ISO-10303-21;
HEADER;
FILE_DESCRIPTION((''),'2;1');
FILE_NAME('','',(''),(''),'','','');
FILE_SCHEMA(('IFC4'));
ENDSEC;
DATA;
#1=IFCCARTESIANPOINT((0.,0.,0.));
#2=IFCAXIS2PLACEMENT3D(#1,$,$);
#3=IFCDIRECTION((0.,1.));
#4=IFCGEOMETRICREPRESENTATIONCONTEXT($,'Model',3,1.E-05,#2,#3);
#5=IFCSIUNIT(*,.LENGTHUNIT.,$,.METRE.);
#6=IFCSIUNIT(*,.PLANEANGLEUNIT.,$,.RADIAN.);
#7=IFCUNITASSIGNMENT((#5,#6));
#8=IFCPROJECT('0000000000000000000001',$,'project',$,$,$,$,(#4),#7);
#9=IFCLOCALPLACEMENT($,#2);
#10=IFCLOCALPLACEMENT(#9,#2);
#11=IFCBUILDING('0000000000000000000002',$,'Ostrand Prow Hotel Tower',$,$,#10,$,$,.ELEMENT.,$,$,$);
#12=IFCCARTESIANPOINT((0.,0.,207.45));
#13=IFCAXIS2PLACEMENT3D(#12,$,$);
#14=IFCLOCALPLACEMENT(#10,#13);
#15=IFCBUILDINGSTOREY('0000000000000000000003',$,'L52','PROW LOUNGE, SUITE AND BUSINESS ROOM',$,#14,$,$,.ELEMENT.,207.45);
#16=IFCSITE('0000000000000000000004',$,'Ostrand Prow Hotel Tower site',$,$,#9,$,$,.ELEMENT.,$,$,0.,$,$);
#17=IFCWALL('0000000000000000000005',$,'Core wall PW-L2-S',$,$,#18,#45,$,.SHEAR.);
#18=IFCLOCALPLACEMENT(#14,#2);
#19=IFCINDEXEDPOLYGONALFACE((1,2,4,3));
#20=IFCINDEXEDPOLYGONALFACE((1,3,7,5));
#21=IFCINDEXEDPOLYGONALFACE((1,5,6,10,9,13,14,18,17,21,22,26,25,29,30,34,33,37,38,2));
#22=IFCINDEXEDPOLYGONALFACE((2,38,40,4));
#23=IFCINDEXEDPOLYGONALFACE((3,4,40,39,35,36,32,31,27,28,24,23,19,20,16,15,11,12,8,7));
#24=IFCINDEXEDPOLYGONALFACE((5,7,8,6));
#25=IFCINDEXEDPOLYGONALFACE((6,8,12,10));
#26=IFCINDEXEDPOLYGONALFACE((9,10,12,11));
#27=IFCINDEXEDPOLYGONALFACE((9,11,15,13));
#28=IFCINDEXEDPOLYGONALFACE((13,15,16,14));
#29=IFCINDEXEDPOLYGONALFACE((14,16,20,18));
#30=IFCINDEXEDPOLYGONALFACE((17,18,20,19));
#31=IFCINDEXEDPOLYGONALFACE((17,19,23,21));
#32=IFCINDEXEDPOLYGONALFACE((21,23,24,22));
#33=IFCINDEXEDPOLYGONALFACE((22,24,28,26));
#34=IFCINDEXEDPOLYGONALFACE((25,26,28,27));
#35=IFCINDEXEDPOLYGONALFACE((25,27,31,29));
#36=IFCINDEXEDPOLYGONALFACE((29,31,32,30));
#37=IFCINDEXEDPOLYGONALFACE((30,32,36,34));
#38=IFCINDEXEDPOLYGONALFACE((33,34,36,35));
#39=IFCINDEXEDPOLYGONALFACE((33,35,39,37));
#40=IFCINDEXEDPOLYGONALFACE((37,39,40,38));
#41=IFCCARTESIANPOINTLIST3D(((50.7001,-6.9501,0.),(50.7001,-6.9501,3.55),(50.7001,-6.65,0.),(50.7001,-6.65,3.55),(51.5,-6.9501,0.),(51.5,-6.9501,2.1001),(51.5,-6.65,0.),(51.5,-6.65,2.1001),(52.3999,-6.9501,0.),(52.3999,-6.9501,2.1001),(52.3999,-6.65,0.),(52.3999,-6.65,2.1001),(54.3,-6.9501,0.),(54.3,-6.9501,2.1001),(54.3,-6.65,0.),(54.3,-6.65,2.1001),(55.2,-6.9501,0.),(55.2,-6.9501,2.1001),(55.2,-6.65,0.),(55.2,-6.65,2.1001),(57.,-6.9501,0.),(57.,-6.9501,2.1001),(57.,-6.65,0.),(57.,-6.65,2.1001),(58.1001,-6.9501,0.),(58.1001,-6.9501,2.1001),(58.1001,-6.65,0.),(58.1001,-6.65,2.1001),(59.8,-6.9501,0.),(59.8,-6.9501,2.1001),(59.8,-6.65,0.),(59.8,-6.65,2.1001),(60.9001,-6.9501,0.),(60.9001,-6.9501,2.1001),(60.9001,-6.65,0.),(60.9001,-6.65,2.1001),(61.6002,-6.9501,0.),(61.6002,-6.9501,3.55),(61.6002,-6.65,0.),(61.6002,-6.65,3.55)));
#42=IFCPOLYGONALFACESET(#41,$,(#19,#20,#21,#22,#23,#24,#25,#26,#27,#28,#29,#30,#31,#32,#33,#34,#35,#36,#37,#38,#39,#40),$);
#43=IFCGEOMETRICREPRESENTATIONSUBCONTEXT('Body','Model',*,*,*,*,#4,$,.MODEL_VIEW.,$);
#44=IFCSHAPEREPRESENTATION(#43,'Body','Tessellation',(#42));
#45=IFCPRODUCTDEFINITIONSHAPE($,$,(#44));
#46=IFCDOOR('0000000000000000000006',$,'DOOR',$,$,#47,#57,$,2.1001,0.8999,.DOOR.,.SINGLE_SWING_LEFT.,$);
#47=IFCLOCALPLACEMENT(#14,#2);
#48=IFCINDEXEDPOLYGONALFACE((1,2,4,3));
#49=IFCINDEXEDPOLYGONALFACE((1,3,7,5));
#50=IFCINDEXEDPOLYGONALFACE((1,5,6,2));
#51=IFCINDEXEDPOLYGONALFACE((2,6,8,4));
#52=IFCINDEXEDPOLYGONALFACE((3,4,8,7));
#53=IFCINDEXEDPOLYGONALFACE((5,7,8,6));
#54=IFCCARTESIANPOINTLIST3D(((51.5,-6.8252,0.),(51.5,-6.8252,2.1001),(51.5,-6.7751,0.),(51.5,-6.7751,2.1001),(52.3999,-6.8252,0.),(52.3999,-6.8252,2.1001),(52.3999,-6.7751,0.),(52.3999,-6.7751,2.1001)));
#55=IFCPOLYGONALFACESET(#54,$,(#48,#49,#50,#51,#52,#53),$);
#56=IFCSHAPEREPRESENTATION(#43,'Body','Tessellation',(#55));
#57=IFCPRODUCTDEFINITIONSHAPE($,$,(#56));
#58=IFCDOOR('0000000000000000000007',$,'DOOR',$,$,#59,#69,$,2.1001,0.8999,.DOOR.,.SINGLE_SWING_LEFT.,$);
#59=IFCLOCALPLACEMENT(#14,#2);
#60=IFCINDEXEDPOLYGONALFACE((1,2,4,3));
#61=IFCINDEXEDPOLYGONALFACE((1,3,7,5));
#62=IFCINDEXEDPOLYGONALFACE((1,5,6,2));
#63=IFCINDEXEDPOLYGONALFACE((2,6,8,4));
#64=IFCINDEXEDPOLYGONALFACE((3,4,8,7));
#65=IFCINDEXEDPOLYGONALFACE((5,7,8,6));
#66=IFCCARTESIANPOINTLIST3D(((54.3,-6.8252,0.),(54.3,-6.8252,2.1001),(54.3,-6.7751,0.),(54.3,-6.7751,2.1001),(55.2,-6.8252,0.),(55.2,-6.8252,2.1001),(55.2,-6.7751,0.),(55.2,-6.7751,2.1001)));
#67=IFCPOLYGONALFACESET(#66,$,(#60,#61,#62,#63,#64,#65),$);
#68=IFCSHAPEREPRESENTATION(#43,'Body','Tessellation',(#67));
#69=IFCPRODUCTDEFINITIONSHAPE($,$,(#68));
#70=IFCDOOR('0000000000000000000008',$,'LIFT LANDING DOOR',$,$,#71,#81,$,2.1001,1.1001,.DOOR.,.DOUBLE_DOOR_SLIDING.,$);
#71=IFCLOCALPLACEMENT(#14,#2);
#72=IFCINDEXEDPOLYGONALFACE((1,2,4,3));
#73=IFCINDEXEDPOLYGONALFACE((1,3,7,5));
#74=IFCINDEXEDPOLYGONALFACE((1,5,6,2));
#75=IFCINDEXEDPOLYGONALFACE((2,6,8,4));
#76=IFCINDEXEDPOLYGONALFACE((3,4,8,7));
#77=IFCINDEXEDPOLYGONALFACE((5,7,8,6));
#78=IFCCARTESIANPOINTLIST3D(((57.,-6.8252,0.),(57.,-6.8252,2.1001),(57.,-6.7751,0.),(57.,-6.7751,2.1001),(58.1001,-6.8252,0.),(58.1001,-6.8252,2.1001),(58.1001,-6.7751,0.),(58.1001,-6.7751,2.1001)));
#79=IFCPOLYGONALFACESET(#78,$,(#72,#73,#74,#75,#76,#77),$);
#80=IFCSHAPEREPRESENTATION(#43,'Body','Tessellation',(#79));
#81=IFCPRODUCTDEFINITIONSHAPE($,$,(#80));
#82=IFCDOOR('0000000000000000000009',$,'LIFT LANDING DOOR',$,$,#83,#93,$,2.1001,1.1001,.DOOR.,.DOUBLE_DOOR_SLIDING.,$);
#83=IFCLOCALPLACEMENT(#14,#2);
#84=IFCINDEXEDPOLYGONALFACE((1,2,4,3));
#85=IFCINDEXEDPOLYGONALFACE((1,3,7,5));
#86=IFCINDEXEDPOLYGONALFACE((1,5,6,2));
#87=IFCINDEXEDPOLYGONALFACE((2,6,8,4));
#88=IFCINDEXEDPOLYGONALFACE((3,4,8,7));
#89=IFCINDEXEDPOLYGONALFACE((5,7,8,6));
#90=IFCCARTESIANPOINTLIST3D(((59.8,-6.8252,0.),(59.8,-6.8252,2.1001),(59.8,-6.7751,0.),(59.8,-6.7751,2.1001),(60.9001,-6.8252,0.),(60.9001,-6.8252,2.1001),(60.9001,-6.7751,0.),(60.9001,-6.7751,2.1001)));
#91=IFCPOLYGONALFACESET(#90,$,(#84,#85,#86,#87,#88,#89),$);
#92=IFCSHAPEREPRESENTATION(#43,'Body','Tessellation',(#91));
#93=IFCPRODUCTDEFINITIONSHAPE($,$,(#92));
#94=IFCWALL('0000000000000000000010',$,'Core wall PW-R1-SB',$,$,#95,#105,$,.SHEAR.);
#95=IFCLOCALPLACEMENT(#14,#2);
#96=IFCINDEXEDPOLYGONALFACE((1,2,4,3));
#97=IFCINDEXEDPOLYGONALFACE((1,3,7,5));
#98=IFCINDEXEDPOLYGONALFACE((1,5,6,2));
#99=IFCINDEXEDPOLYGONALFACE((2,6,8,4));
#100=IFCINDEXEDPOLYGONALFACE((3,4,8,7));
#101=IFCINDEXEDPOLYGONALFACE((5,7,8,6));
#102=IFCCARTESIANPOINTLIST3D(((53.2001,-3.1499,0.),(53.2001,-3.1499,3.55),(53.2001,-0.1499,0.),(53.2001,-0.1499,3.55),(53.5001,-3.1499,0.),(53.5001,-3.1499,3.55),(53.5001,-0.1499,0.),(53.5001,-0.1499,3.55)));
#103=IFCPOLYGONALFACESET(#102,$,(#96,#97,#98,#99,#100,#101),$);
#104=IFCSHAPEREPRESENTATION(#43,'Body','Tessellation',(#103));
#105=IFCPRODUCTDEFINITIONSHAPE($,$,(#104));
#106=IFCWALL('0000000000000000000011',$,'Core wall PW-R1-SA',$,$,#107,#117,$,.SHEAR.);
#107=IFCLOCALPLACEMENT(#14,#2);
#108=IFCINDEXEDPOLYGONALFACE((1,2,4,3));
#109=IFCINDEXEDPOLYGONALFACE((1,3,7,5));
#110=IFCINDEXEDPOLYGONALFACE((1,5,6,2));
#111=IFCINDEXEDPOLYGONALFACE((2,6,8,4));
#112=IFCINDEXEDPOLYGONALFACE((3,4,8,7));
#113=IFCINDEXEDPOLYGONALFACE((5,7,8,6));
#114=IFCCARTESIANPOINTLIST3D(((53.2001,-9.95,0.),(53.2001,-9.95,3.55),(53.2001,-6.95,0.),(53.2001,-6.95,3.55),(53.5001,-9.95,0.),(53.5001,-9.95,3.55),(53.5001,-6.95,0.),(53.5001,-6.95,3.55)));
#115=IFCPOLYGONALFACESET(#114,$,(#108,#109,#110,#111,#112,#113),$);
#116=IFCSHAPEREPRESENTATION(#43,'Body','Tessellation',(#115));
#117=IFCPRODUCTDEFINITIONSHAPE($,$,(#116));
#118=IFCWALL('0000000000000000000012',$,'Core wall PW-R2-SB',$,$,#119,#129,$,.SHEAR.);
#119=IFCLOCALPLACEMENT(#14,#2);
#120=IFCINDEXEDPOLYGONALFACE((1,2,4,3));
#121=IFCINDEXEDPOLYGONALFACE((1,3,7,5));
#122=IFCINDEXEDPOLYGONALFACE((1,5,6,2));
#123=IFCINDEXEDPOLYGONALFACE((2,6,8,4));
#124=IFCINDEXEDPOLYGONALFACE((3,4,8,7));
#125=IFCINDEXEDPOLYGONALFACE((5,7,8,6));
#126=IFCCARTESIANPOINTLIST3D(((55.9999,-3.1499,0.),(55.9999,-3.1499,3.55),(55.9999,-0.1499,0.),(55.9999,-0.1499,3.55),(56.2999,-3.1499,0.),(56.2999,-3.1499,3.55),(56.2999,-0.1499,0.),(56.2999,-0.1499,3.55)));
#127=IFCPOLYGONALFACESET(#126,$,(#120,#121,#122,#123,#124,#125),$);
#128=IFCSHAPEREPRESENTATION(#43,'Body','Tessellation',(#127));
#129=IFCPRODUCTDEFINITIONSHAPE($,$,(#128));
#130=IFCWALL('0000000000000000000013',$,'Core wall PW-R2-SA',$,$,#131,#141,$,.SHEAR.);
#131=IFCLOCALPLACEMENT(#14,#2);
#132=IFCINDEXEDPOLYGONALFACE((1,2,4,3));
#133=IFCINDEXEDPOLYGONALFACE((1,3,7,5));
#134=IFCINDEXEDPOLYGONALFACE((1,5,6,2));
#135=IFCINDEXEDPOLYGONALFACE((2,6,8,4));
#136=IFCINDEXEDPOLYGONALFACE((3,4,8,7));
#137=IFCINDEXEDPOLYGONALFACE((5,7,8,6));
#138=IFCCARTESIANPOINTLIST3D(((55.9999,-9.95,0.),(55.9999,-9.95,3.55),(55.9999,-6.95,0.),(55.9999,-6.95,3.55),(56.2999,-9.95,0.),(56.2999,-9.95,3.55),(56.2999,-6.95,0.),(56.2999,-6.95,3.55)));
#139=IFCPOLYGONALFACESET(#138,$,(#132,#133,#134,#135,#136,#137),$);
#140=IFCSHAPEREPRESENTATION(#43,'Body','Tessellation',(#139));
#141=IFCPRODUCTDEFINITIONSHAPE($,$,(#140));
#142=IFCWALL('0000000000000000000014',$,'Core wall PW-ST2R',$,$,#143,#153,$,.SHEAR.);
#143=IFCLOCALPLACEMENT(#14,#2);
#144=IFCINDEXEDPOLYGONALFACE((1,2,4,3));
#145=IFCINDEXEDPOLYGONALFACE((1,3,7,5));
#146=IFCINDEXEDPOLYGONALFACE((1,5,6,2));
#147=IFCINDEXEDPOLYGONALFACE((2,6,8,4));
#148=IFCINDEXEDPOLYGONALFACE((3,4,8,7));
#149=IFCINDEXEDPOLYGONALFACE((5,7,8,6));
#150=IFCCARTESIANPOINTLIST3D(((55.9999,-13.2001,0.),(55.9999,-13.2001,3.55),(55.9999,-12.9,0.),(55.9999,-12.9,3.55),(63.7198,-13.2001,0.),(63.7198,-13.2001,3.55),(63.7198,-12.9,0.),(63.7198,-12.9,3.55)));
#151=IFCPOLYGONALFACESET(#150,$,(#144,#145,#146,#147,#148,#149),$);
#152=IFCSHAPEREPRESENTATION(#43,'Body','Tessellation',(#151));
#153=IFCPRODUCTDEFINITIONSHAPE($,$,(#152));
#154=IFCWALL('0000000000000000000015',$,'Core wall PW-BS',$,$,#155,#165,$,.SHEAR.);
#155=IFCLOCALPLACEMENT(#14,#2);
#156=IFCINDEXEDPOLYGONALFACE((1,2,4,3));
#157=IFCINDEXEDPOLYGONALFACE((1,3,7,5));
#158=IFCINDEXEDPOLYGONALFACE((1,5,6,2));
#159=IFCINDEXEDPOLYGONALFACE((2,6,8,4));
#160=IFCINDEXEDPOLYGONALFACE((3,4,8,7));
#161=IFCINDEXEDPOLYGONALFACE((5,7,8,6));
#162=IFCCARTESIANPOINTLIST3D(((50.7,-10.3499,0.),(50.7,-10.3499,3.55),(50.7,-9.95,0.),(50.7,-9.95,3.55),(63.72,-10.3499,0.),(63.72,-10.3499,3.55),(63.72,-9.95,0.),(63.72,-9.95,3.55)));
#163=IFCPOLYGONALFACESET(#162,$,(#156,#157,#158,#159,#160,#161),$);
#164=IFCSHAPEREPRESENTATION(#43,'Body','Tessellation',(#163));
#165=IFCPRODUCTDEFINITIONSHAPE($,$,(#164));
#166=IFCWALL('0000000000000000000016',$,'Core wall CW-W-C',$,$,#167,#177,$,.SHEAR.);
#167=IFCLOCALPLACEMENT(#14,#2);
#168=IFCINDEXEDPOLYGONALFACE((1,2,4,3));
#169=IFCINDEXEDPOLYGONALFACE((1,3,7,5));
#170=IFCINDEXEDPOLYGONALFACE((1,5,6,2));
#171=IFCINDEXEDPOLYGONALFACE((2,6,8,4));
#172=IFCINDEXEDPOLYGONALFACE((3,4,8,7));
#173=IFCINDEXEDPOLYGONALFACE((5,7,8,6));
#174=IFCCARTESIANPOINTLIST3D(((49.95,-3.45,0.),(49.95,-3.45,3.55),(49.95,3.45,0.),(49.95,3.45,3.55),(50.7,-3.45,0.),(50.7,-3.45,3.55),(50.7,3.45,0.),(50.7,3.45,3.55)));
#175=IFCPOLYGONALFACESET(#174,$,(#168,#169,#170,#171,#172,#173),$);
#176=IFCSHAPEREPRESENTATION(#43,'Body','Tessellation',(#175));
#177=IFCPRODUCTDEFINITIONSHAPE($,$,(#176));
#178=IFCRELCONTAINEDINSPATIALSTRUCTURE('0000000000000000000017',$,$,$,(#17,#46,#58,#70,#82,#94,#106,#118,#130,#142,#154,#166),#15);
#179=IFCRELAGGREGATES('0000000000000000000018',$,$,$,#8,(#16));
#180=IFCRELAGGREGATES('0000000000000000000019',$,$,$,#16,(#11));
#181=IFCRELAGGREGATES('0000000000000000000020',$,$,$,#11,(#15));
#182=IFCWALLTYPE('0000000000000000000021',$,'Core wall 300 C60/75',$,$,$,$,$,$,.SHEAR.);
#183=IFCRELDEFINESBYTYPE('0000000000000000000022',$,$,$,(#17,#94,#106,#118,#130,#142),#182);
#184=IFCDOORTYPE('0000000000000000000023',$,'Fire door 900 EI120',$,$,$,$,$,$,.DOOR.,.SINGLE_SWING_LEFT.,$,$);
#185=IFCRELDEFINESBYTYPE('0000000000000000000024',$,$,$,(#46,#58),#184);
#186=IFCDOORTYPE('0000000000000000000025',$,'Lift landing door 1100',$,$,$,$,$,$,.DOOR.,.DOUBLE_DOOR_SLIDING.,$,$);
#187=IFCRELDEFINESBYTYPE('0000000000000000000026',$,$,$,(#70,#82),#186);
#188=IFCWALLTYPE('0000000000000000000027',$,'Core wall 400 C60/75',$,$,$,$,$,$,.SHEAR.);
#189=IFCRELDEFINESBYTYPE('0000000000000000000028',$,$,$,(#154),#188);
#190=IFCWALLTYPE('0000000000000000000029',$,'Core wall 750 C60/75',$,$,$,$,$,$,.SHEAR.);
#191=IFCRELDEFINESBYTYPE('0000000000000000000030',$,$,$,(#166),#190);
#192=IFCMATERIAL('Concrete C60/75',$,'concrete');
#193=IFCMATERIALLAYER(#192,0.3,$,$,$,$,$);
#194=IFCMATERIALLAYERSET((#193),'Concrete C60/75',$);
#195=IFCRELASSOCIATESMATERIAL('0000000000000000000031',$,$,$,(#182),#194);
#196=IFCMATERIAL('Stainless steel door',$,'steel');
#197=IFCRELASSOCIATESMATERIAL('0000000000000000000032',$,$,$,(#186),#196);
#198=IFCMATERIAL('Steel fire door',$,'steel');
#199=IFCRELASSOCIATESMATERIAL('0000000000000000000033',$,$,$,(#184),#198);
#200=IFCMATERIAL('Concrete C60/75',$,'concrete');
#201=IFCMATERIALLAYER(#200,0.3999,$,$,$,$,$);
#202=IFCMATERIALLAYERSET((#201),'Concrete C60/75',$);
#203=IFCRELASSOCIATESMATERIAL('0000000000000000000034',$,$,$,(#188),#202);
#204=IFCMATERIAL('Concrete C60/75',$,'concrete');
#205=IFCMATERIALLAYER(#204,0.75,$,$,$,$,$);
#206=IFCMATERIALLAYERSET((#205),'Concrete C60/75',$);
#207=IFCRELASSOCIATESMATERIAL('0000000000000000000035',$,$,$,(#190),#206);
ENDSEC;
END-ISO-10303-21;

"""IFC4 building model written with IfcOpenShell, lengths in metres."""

from ifc_helpers import new_model, si_unit, direction, frame, frame_2d, origin, place, context, subcontext, project, spatial, rectangle, extrude, material, layer, layer_set, type_object, element, fill, save


model = new_model("IFC4")

# Units and contexts
model_context = context("Model", 3, precision=1e-05, world=origin(), true_north=direction((0.0, 1.0)))
body_context = subcontext(model_context, "Body", "Model", "MODEL_VIEW")
ifc_project = project(units=[si_unit("LENGTHUNIT", "METRE"), si_unit("PLANEANGLEUNIT", "RADIAN")], contexts=[model_context])

# Site, building, storey
site_placement = place(None, origin())
site = spatial("IfcSite", under=ifc_project, at=site_placement, Name="Ostrand Prow Hotel Tower site", CompositionType="ELEMENT", RefElevation=0.0)
building_placement = place(site_placement, origin())
building = spatial("IfcBuilding", under=site, at=building_placement, Name="Ostrand Prow Hotel Tower", CompositionType="ELEMENT")
storey_placement = place(building_placement, frame((0.0, 0.0, 207.45)))
storey = spatial("IfcBuildingStorey", under=building, at=storey_placement, Name="L52", Description="PROW LOUNGE, SUITE AND BUSINESS ROOM", CompositionType="ELEMENT", Elevation=207.45)

# Shared definitions
ifc_material_1 = material(Name="Concrete C60/75", Category="concrete")
ifc_layer_1 = layer(ifc_material_1, 0.3)
ifc_layer_set_1 = layer_set([ifc_layer_1], Name="Concrete C60/75")
wall_type_1 = type_object("IfcWallType", Name="Core wall 300 C60/75", PredefinedType="SHEAR", material=ifc_layer_set_1)

# Shared definitions
ifc_material_2 = material(Name="Stainless steel door", Category="steel")
door_type_1 = type_object("IfcDoorType", Name="Lift landing door 1100", OperationType="DOUBLE_DOOR_SLIDING", PredefinedType="DOOR", material=ifc_material_2)

# Wall, openings, doors
wall_1_placement = place(storey_placement, frame((50.7, -6.8, 0.0), z_axis=(0.0, 0.0, 1.0), x_axis=(1.0, 0.0, 0.0)))
wall_1 = element("IfcWall", 1, at=wall_1_placement, inside=storey, type_object=wall_type_1, Name="Core wall PW-L2-S", PredefinedType="SHEAR", context=body_context, shape_type="SweptSolid", body=[
    extrude(rectangle(XDim=10.9001, YDim=0.3, at=frame_2d((5.4502, 0.0))), origin(), (0.0, 0.0, 1.0), 3.55),
])
opening_1_placement = place(wall_1_placement, frame((6.3, 0.0, 0.0)))
opening_1 = element("IfcOpeningElement", 2, at=opening_1_placement, cuts=wall_1, PredefinedType="OPENING", context=body_context, shape_type="SweptSolid", body=[
    extrude(rectangle(XDim=1.1001, YDim=2.1001, at=frame_2d((0.55, 1.05))), frame((0.0, 0.1599, 0.0), z_axis=(0.0, -1.0, 0.0), x_axis=(1.0, 0.0, 0.0)), (0.0, 0.0, 1.0), 0.3201),
])
opening_2_placement = place(wall_1_placement, frame((9.1001, 0.0, 0.0)))
opening_2 = element("IfcOpeningElement", 3, at=opening_2_placement, cuts=wall_1, PredefinedType="OPENING", context=body_context, shape_type="SweptSolid", body=[
    extrude(rectangle(XDim=1.1001, YDim=2.1001, at=frame_2d((0.55, 1.05))), frame((0.0, 0.1599, 0.0), z_axis=(0.0, -1.0, 0.0), x_axis=(1.0, 0.0, 0.0)), (0.0, 0.0, 1.0), 0.3201),
])
opening_3_placement = place(wall_1_placement, frame((0.8, 0.0, 0.0)))
opening_3 = element("IfcOpeningElement", 4, at=opening_3_placement, cuts=wall_1, PredefinedType="OPENING", context=body_context, shape_type="SweptSolid", body=[
    extrude(rectangle(XDim=0.8999, YDim=2.1001, at=frame_2d((0.45, 1.05))), frame((0.0, 0.1599, 0.0), z_axis=(0.0, -1.0, 0.0), x_axis=(1.0, 0.0, 0.0)), (0.0, 0.0, 1.0), 0.3201),
])
opening_4_placement = place(wall_1_placement, frame((3.6001, 0.0, 0.0)))
opening_4 = element("IfcOpeningElement", 5, at=opening_4_placement, cuts=wall_1, PredefinedType="OPENING", context=body_context, shape_type="SweptSolid", body=[
    extrude(rectangle(XDim=0.8999, YDim=2.1001, at=frame_2d((0.45, 1.05))), frame((0.0, 0.1599, 0.0), z_axis=(0.0, -1.0, 0.0), x_axis=(1.0, 0.0, 0.0)), (0.0, 0.0, 1.0), 0.3201),
])
ifc_material_3 = material(Name="Steel fire door", Category="steel")
door_type_2 = type_object("IfcDoorType", Name="Fire door 900 EI120", OperationType="SINGLE_SWING_LEFT", PredefinedType="DOOR", material=ifc_material_3)
door_1_placement = place(opening_3_placement, origin())
door_1 = element("IfcDoor", 6, at=door_1_placement, inside=storey, type_object=door_type_2, Name="DOOR", OperationType="SINGLE_SWING_LEFT", OverallHeight=2.1001, OverallWidth=0.8999, PredefinedType="DOOR", context=body_context, shape_type="SweptSolid", body=[
    extrude(rectangle(XDim=0.8999, YDim=2.1001, at=frame_2d((0.45, 1.05))), frame((0.0, 0.0249, 0.0), z_axis=(0.0, -1.0, 0.0), x_axis=(1.0, 0.0, 0.0)), (0.0, 0.0, 1.0), 0.05),
])
fill(opening_3, door_1)
door_2_placement = place(opening_4_placement, origin())
door_2 = element("IfcDoor", 7, at=door_2_placement, inside=storey, type_object=door_type_2, Name="DOOR", OperationType="SINGLE_SWING_LEFT", OverallHeight=2.1001, OverallWidth=0.8999, PredefinedType="DOOR", context=body_context, shape_type="SweptSolid", body=[
    extrude(rectangle(XDim=0.8999, YDim=2.1001, at=frame_2d((0.45, 1.05))), frame((0.0, 0.0249, 0.0), z_axis=(0.0, -1.0, 0.0), x_axis=(1.0, 0.0, 0.0)), (0.0, 0.0, 1.0), 0.05),
])
fill(opening_4, door_2)
door_3_placement = place(opening_1_placement, origin())
door_3 = element("IfcDoor", 8, at=door_3_placement, inside=storey, type_object=door_type_1, Name="LIFT LANDING DOOR", OperationType="DOUBLE_DOOR_SLIDING", OverallHeight=2.1001, OverallWidth=1.1001, PredefinedType="DOOR", context=body_context, shape_type="SweptSolid", body=[
    extrude(rectangle(XDim=1.1001, YDim=2.1001, at=frame_2d((0.55, 1.05))), frame((0.0, 0.0249, 0.0), z_axis=(0.0, -1.0, 0.0), x_axis=(1.0, 0.0, 0.0)), (0.0, 0.0, 1.0), 0.05),
])
fill(opening_1, door_3)
door_4_placement = place(opening_2_placement, origin())
door_4 = element("IfcDoor", 9, at=door_4_placement, inside=storey, type_object=door_type_1, Name="LIFT LANDING DOOR", OperationType="DOUBLE_DOOR_SLIDING", OverallHeight=2.1001, OverallWidth=1.1001, PredefinedType="DOOR", context=body_context, shape_type="SweptSolid", body=[
    extrude(rectangle(XDim=1.1001, YDim=2.1001, at=frame_2d((0.55, 1.05))), frame((0.0, 0.0249, 0.0), z_axis=(0.0, -1.0, 0.0), x_axis=(1.0, 0.0, 0.0)), (0.0, 0.0, 1.0), 0.05),
])
fill(opening_2, door_4)

# Walls
for number, where, z_axis, x_axis, name in (
    (10, (53.3501, -3.1499, 0.0), (0.0, 0.0, 1.0), (0.0, 1.0, 0.0), "Core wall PW-R1-SB"),
    (11, (53.3501, -9.95, 0.0), (0.0, 0.0, 1.0), (0.0, 1.0, 0.0), "Core wall PW-R1-SA"),
    (12, (56.1499, -3.1499, 0.0), (0.0, 0.0, 1.0), (0.0, 1.0, 0.0), "Core wall PW-R2-SB"),
    (13, (56.1499, -9.95, 0.0), (0.0, 0.0, 1.0), (0.0, 1.0, 0.0), "Core wall PW-R2-SA"),
):
    element("IfcWall", number, at=place(storey_placement, frame(where, z_axis=z_axis, x_axis=x_axis)), inside=storey, type_object=wall_type_1, Name=name, PredefinedType="SHEAR", context=body_context, shape_type="SweptSolid", body=[
        extrude(rectangle(XDim=3.0, YDim=0.3, at=frame_2d((1.5, 0.0))), origin(), (0.0, 0.0, 1.0), 3.55),
    ])
wall_2_placement = place(storey_placement, frame((56.0, -13.05, 0.0), z_axis=(0.0, 0.0, 1.0), x_axis=(1.0, 0.0, 0.0)))
element("IfcWall", 14, at=wall_2_placement, inside=storey, type_object=wall_type_1, Name="Core wall PW-ST2R", PredefinedType="SHEAR", context=body_context, shape_type="SweptSolid", body=[
    extrude(rectangle(XDim=7.72, YDim=0.3, at=frame_2d((3.8599, 0.0))), origin(), (0.0, 0.0, 1.0), 3.55),
])
ifc_material_4 = material(Name="Concrete C60/75", Category="concrete")
ifc_layer_2 = layer(ifc_material_4, 0.3999)
ifc_layer_set_2 = layer_set([ifc_layer_2], Name="Concrete C60/75")
wall_type_2 = type_object("IfcWallType", Name="Core wall 400 C60/75", PredefinedType="SHEAR", material=ifc_layer_set_2)
wall_3_placement = place(storey_placement, frame((50.7, -10.1499, 0.0), z_axis=(0.0, 0.0, 1.0), x_axis=(1.0, 0.0, 0.0)))
element("IfcWall", 15, at=wall_3_placement, inside=storey, type_object=wall_type_2, Name="Core wall PW-BS", PredefinedType="SHEAR", context=body_context, shape_type="SweptSolid", body=[
    extrude(rectangle(XDim=13.02, YDim=0.3999, at=frame_2d((6.51, 0.0))), origin(), (0.0, 0.0, 1.0), 3.55),
])
ifc_material_5 = material(Name="Concrete C60/75", Category="concrete")
ifc_layer_3 = layer(ifc_material_5, 0.75)
ifc_layer_set_3 = layer_set([ifc_layer_3], Name="Concrete C60/75")
wall_type_3 = type_object("IfcWallType", Name="Core wall 750 C60/75", PredefinedType="SHEAR", material=ifc_layer_set_3)
wall_4_placement = place(storey_placement, frame((50.325, -3.45, 0.0), z_axis=(0.0, 0.0, 1.0), x_axis=(0.0, 1.0, 0.0)))
element("IfcWall", 16, at=wall_4_placement, inside=storey, type_object=wall_type_3, Name="Core wall CW-W-C", PredefinedType="SHEAR", context=body_context, shape_type="SweptSolid", body=[
    extrude(rectangle(XDim=6.8999, YDim=0.75, at=frame_2d((3.45, 0.0))), origin(), (0.0, 0.0, 1.0), 3.55),
])

save(model, "model.ifc")
